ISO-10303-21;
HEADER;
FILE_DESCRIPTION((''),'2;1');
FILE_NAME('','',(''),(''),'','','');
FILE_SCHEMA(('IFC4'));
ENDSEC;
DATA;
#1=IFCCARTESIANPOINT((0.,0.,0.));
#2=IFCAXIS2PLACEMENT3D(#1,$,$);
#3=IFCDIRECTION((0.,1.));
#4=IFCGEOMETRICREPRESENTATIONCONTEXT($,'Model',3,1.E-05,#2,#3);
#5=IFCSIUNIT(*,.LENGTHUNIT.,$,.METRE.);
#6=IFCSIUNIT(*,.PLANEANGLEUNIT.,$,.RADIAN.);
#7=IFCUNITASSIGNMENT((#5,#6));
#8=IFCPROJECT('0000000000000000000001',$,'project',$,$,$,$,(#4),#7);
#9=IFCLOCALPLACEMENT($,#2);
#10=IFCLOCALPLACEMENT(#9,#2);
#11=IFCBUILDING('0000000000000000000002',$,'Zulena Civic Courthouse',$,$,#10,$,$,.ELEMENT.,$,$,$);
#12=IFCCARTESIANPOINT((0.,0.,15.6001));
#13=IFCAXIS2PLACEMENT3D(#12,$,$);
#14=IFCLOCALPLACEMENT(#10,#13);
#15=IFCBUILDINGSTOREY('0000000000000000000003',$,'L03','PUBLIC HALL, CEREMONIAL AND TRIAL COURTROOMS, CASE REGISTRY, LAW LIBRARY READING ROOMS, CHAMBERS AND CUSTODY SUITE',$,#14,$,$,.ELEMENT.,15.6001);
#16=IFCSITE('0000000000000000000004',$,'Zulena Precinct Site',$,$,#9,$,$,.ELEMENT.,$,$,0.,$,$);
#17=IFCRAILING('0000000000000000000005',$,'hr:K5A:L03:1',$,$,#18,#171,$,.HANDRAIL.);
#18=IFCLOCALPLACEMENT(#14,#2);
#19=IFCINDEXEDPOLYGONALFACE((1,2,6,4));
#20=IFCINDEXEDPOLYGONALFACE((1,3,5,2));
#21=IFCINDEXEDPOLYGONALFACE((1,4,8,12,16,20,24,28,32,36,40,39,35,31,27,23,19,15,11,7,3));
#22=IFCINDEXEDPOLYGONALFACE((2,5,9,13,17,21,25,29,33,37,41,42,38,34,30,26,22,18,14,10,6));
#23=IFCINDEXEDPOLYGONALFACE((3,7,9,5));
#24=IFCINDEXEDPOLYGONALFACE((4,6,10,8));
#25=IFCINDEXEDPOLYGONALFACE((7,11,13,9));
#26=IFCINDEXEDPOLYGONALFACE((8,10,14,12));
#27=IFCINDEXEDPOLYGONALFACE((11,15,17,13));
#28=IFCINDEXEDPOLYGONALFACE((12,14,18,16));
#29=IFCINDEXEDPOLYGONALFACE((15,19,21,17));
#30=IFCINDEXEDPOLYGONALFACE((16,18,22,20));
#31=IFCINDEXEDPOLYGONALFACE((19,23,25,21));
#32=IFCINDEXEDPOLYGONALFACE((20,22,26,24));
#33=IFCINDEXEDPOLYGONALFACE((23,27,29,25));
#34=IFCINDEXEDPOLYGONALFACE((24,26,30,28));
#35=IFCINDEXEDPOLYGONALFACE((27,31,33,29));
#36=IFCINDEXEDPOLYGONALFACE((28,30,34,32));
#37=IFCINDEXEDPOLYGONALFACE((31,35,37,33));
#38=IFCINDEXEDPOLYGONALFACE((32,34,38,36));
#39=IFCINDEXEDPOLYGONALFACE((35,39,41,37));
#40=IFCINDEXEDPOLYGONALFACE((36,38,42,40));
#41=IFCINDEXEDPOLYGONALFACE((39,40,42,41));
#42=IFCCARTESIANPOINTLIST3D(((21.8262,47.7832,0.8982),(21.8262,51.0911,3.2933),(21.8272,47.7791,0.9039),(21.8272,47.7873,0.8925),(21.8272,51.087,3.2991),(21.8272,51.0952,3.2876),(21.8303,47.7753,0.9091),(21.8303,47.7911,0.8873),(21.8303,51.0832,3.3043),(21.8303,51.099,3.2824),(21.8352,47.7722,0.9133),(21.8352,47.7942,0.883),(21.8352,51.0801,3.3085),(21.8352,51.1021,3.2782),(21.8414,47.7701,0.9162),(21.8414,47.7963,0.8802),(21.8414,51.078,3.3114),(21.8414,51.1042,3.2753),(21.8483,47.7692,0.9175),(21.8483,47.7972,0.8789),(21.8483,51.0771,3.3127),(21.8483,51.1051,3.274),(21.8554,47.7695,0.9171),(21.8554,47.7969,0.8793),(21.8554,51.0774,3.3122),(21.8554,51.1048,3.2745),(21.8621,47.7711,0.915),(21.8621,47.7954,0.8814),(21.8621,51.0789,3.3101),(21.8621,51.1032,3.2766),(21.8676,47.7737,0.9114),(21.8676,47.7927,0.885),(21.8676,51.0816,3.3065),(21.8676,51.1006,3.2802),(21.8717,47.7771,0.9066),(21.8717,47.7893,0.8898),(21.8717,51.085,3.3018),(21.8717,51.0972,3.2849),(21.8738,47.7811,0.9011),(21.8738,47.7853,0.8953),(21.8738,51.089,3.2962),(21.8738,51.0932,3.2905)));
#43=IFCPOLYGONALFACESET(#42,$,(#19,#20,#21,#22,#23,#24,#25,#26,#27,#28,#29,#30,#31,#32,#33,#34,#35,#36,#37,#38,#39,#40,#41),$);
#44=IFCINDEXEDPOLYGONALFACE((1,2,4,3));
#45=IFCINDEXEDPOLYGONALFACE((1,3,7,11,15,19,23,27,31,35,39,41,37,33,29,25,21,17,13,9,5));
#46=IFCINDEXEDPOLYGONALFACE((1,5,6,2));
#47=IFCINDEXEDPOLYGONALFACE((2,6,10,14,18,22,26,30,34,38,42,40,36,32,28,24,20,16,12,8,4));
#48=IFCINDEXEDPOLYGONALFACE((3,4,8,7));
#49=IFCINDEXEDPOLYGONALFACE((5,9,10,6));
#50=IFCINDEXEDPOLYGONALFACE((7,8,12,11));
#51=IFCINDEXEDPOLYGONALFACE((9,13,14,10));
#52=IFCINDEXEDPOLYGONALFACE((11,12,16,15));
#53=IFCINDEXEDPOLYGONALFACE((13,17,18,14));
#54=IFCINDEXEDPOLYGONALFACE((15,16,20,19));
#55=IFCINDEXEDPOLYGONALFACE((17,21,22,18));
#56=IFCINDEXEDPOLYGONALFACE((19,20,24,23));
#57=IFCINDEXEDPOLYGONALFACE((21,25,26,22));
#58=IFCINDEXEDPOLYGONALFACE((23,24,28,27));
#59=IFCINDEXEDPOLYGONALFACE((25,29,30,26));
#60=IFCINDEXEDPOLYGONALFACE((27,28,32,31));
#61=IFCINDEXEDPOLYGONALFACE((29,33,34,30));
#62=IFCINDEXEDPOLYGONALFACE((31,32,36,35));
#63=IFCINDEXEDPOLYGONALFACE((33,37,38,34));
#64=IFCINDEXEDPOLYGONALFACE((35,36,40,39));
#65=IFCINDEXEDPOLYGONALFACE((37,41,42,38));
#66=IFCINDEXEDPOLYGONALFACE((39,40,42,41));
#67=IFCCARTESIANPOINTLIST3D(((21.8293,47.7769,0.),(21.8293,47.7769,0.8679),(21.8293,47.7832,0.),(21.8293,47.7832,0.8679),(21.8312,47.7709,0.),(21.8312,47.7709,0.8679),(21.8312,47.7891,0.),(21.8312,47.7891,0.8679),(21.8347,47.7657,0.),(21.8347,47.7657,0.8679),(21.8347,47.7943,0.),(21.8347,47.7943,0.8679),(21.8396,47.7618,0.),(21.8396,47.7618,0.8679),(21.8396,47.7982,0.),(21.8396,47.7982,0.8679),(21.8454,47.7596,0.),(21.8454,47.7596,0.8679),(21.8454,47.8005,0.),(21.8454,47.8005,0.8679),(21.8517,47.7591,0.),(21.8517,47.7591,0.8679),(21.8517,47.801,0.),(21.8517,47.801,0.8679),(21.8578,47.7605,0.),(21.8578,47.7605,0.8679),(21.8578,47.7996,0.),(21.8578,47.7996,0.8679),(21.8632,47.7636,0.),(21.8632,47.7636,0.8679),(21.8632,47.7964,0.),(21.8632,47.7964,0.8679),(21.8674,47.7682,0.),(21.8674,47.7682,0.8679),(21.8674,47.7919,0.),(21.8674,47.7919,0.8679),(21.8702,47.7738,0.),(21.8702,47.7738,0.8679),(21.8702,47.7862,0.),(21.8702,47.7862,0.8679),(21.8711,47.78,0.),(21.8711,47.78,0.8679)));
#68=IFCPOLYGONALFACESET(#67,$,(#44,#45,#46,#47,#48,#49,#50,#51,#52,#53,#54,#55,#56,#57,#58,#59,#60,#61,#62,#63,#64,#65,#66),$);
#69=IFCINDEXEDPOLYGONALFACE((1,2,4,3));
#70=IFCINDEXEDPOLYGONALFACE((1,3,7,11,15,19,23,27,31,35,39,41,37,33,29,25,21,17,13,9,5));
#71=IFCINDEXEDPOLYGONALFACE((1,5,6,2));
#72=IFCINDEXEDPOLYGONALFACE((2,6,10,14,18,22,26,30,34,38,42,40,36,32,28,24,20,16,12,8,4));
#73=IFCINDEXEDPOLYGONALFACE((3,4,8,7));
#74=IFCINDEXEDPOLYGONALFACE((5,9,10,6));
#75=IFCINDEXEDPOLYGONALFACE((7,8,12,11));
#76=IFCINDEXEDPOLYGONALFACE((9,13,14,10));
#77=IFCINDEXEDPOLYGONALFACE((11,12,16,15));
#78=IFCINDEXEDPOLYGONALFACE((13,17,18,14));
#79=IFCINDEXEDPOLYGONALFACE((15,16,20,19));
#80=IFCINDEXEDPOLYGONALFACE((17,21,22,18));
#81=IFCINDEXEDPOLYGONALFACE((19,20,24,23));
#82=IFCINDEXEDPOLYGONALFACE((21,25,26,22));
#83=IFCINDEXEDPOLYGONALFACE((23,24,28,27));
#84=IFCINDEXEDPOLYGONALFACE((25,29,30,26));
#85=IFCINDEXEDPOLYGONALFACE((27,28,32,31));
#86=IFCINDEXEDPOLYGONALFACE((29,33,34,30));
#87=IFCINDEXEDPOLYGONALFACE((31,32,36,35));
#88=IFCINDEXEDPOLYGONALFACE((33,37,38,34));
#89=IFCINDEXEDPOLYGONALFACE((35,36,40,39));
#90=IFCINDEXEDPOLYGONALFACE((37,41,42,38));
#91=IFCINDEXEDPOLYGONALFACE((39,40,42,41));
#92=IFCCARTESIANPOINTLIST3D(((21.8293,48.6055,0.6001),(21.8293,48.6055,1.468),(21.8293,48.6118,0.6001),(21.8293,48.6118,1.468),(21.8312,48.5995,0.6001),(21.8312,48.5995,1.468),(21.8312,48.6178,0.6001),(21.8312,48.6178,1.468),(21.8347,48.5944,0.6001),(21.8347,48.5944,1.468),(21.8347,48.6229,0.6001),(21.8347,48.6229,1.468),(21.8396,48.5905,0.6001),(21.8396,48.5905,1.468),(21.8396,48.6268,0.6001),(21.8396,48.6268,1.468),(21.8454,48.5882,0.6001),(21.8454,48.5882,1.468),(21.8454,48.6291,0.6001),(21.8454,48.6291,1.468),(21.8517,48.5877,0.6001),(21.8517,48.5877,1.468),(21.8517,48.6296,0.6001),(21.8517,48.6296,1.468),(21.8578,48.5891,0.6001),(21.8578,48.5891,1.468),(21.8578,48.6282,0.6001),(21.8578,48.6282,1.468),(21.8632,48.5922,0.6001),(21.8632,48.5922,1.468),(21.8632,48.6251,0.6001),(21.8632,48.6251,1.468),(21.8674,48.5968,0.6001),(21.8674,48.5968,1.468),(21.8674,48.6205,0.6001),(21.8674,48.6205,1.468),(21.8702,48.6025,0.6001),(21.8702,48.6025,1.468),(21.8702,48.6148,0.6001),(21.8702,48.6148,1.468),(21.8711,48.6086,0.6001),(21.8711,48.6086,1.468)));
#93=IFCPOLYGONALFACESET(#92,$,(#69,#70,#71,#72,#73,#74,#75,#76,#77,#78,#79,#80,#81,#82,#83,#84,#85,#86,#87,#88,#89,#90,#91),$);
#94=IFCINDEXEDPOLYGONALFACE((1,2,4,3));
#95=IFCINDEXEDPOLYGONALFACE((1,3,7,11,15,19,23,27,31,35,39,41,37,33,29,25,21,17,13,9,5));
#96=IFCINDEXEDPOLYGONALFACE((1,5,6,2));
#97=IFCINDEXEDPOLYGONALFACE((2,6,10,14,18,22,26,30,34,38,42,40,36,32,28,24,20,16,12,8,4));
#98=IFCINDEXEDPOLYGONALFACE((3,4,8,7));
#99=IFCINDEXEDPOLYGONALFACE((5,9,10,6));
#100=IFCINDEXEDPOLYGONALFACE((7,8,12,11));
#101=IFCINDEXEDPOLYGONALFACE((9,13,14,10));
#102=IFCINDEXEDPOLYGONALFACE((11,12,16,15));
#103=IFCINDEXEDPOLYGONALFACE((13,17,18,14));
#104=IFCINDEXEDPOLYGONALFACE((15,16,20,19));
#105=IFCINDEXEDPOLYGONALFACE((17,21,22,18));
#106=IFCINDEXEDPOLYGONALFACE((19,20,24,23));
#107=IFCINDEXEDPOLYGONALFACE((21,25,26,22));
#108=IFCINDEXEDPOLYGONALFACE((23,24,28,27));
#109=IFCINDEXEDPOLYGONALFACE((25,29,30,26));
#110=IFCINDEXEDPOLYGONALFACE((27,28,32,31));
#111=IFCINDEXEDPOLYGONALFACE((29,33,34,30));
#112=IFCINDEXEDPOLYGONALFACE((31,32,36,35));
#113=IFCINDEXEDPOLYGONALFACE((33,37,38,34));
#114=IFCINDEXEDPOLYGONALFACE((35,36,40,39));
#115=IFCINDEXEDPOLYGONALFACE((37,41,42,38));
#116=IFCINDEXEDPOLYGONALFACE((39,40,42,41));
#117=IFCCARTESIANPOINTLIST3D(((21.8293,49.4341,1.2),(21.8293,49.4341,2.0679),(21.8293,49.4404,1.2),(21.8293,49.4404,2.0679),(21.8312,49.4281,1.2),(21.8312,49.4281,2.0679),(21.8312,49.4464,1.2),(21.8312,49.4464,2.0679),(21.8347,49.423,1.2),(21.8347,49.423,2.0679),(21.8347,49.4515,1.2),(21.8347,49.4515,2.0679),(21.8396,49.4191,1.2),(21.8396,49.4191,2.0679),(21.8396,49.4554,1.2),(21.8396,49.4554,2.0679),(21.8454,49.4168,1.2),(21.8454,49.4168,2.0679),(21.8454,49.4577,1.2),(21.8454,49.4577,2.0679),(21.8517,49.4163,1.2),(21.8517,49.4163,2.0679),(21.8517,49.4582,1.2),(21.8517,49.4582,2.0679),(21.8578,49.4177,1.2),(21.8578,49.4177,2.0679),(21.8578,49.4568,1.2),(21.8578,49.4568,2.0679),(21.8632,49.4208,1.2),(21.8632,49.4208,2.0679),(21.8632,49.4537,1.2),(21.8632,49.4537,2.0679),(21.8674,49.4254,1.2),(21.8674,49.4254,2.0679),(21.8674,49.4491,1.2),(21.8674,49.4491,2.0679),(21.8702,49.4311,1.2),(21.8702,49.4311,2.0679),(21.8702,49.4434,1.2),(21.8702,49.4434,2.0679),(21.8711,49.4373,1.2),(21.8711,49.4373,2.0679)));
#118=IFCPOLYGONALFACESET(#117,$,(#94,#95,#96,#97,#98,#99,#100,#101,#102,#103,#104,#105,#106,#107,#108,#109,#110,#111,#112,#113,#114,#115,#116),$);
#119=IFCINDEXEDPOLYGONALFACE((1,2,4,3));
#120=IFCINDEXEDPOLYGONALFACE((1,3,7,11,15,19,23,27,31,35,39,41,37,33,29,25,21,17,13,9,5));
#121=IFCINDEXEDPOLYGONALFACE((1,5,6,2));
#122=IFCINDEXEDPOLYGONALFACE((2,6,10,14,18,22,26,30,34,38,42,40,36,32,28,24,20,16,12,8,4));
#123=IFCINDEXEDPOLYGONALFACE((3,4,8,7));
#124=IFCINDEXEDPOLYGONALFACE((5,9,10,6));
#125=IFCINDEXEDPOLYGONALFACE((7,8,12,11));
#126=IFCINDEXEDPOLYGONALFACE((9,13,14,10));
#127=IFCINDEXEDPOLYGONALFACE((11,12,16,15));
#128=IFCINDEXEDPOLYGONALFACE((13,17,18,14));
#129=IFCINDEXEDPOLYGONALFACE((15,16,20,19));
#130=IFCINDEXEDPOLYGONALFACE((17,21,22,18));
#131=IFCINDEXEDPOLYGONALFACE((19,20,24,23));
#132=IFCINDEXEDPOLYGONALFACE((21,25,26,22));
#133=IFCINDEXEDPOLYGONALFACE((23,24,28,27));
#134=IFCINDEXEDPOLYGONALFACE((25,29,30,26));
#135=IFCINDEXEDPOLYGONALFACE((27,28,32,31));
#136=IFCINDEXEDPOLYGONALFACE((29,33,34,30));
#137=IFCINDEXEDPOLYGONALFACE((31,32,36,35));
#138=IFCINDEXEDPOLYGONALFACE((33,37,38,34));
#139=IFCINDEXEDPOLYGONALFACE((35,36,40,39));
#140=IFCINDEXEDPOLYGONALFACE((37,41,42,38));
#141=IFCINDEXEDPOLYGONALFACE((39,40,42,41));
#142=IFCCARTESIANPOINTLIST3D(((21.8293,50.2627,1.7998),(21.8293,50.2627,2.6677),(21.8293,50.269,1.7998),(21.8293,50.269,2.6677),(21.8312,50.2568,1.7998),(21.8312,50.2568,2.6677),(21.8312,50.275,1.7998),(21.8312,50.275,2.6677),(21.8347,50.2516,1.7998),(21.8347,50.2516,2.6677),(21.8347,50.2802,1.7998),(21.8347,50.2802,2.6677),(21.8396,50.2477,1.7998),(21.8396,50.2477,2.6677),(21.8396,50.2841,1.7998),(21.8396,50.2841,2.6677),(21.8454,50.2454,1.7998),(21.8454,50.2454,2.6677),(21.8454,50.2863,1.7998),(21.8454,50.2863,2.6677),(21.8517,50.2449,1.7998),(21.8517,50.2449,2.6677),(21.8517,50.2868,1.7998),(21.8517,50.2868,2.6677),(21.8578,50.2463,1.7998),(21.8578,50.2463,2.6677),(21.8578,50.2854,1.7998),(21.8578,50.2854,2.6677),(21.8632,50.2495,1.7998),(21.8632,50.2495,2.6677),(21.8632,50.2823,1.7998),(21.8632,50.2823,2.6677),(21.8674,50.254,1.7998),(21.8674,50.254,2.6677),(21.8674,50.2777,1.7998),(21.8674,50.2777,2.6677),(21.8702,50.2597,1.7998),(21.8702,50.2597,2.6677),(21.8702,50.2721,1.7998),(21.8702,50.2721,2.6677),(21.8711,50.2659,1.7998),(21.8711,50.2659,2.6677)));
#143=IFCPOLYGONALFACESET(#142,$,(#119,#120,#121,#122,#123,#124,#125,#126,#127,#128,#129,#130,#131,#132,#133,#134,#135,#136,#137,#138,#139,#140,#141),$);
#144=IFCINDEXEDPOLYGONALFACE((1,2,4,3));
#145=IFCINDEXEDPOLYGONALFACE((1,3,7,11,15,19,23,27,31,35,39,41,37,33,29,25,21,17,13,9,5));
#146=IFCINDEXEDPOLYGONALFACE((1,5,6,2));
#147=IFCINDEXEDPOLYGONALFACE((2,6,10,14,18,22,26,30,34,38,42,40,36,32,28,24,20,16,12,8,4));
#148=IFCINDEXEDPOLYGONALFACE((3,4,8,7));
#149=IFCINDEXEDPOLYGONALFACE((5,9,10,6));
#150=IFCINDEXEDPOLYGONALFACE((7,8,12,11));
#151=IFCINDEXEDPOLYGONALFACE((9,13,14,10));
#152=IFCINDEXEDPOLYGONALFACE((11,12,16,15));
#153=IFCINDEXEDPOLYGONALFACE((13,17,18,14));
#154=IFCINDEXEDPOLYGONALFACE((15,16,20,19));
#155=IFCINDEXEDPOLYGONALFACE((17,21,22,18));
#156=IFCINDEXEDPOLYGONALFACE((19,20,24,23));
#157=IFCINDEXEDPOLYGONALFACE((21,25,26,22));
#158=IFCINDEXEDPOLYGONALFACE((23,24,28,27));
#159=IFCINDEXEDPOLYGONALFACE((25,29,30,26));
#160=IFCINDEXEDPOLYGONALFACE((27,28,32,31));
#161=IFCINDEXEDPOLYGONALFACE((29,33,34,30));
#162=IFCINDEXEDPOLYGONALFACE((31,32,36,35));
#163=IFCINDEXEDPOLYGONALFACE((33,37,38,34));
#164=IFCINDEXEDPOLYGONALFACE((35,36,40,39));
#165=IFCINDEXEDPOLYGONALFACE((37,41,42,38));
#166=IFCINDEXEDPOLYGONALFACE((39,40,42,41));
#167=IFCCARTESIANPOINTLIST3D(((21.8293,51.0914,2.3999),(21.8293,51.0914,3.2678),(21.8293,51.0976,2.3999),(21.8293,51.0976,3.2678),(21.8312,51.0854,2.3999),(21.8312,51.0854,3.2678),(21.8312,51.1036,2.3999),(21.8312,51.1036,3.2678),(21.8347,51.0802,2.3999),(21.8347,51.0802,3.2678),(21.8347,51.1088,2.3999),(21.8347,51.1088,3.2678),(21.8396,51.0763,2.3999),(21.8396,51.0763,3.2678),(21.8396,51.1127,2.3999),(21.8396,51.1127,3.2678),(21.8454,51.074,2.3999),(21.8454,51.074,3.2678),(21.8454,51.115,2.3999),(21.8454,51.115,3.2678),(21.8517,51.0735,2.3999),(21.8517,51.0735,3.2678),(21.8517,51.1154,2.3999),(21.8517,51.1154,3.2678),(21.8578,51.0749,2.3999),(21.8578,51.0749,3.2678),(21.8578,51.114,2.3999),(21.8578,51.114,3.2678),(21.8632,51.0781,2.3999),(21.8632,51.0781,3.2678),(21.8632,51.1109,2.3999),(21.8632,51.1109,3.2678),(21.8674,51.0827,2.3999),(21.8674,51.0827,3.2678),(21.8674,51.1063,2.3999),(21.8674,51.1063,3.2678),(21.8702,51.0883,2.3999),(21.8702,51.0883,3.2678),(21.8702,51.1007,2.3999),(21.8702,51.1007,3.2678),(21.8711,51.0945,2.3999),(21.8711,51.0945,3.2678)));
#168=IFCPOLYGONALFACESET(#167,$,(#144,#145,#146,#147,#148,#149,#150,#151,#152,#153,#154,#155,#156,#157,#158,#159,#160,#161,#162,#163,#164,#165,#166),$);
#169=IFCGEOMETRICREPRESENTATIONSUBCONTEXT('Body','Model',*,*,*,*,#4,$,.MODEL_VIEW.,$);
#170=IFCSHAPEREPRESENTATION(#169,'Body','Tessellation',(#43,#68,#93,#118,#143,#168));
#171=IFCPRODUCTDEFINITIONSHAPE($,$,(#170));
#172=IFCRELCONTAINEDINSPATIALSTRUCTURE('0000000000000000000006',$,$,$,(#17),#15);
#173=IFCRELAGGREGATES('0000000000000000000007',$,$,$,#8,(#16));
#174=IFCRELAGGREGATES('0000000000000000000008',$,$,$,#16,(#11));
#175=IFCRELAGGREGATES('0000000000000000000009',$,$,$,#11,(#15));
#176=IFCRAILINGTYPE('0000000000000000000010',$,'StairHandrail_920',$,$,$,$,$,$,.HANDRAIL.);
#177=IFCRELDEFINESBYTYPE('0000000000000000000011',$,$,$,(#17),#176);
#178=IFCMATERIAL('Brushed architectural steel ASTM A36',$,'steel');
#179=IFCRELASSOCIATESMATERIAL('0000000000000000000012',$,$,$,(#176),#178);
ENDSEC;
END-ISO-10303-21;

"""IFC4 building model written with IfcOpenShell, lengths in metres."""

from ifc_helpers import new_model, si_unit, direction, frame, origin, origin_2d, place, context, subcontext, project, spatial, circle, extrude, material, type_object, element, save


model = new_model("IFC4")

# Units and contexts
model_context = context("Model", 3, precision=1e-05, world=origin(), true_north=direction((0.0, 1.0)))
body_context = subcontext(model_context, "Body", "Model", "MODEL_VIEW")
ifc_project = project(units=[si_unit("LENGTHUNIT", "METRE"), si_unit("PLANEANGLEUNIT", "RADIAN")], contexts=[model_context])

# Site, building, storey
site_placement = place(None, origin())
site = spatial("IfcSite", under=ifc_project, at=site_placement, Name="Zulena Precinct Site", CompositionType="ELEMENT", RefElevation=0.0)
building_placement = place(site_placement, origin())
building = spatial("IfcBuilding", under=site, at=building_placement, Name="Zulena Civic Courthouse", CompositionType="ELEMENT")
storey_placement = place(building_placement, frame((0.0, 0.0, 15.6001)))
storey = spatial("IfcBuildingStorey", under=building, at=storey_placement, Name="L03", Description="PUBLIC HALL, CEREMONIAL AND TRIAL COURTROOMS, CASE REGISTRY, LAW LIBRARY READING ROOMS, CHAMBERS AND CUSTODY SUITE", CompositionType="ELEMENT", Elevation=15.6001)

# Shared definitions
ifc_material_1 = material(Name="Brushed architectural steel ASTM A36", Category="steel")

# Railing
railing_type_1 = type_object("IfcRailingType", Name="StairHandrail_920", PredefinedType="HANDRAIL", material=ifc_material_1)
railing_1_placement = place(storey_placement, frame((21.8501, 47.78, 0.0)))
element("IfcRailing", 1, at=railing_1_placement, inside=storey, type_object=railing_type_1, Name="hr:K5A:L03:1", PredefinedType="HANDRAIL", context=body_context, shape_type="SweptSolid", body=[
    extrude(circle(Radius=0.0239, at=origin_2d()), frame((0.0, 0.0032, 0.8982), z_axis=(0.0, 0.809968, 0.586475), x_axis=(-1.0, 0.0, 0.0)), (0.0, 0.0, 1.0), 4.084),
    extrude(circle(Radius=0.021, at=origin_2d()), origin(), (0.0, 0.0, 1.0), 0.8679),
    extrude(circle(Radius=0.021, at=origin_2d()), frame((0.0, 0.8286, 0.6001)), (0.0, 0.0, 1.0), 0.8679),
    extrude(circle(Radius=0.021, at=origin_2d()), frame((0.0, 1.6572, 1.2)), (0.0, 0.0, 1.0), 0.8679),
    extrude(circle(Radius=0.021, at=origin_2d()), frame((0.0, 2.4858, 1.7998)), (0.0, 0.0, 1.0), 0.8679),
    extrude(circle(Radius=0.021, at=origin_2d()), frame((0.0, 3.3145, 2.3999)), (0.0, 0.0, 1.0), 0.8679),
])

save(model, "model.ifc")
